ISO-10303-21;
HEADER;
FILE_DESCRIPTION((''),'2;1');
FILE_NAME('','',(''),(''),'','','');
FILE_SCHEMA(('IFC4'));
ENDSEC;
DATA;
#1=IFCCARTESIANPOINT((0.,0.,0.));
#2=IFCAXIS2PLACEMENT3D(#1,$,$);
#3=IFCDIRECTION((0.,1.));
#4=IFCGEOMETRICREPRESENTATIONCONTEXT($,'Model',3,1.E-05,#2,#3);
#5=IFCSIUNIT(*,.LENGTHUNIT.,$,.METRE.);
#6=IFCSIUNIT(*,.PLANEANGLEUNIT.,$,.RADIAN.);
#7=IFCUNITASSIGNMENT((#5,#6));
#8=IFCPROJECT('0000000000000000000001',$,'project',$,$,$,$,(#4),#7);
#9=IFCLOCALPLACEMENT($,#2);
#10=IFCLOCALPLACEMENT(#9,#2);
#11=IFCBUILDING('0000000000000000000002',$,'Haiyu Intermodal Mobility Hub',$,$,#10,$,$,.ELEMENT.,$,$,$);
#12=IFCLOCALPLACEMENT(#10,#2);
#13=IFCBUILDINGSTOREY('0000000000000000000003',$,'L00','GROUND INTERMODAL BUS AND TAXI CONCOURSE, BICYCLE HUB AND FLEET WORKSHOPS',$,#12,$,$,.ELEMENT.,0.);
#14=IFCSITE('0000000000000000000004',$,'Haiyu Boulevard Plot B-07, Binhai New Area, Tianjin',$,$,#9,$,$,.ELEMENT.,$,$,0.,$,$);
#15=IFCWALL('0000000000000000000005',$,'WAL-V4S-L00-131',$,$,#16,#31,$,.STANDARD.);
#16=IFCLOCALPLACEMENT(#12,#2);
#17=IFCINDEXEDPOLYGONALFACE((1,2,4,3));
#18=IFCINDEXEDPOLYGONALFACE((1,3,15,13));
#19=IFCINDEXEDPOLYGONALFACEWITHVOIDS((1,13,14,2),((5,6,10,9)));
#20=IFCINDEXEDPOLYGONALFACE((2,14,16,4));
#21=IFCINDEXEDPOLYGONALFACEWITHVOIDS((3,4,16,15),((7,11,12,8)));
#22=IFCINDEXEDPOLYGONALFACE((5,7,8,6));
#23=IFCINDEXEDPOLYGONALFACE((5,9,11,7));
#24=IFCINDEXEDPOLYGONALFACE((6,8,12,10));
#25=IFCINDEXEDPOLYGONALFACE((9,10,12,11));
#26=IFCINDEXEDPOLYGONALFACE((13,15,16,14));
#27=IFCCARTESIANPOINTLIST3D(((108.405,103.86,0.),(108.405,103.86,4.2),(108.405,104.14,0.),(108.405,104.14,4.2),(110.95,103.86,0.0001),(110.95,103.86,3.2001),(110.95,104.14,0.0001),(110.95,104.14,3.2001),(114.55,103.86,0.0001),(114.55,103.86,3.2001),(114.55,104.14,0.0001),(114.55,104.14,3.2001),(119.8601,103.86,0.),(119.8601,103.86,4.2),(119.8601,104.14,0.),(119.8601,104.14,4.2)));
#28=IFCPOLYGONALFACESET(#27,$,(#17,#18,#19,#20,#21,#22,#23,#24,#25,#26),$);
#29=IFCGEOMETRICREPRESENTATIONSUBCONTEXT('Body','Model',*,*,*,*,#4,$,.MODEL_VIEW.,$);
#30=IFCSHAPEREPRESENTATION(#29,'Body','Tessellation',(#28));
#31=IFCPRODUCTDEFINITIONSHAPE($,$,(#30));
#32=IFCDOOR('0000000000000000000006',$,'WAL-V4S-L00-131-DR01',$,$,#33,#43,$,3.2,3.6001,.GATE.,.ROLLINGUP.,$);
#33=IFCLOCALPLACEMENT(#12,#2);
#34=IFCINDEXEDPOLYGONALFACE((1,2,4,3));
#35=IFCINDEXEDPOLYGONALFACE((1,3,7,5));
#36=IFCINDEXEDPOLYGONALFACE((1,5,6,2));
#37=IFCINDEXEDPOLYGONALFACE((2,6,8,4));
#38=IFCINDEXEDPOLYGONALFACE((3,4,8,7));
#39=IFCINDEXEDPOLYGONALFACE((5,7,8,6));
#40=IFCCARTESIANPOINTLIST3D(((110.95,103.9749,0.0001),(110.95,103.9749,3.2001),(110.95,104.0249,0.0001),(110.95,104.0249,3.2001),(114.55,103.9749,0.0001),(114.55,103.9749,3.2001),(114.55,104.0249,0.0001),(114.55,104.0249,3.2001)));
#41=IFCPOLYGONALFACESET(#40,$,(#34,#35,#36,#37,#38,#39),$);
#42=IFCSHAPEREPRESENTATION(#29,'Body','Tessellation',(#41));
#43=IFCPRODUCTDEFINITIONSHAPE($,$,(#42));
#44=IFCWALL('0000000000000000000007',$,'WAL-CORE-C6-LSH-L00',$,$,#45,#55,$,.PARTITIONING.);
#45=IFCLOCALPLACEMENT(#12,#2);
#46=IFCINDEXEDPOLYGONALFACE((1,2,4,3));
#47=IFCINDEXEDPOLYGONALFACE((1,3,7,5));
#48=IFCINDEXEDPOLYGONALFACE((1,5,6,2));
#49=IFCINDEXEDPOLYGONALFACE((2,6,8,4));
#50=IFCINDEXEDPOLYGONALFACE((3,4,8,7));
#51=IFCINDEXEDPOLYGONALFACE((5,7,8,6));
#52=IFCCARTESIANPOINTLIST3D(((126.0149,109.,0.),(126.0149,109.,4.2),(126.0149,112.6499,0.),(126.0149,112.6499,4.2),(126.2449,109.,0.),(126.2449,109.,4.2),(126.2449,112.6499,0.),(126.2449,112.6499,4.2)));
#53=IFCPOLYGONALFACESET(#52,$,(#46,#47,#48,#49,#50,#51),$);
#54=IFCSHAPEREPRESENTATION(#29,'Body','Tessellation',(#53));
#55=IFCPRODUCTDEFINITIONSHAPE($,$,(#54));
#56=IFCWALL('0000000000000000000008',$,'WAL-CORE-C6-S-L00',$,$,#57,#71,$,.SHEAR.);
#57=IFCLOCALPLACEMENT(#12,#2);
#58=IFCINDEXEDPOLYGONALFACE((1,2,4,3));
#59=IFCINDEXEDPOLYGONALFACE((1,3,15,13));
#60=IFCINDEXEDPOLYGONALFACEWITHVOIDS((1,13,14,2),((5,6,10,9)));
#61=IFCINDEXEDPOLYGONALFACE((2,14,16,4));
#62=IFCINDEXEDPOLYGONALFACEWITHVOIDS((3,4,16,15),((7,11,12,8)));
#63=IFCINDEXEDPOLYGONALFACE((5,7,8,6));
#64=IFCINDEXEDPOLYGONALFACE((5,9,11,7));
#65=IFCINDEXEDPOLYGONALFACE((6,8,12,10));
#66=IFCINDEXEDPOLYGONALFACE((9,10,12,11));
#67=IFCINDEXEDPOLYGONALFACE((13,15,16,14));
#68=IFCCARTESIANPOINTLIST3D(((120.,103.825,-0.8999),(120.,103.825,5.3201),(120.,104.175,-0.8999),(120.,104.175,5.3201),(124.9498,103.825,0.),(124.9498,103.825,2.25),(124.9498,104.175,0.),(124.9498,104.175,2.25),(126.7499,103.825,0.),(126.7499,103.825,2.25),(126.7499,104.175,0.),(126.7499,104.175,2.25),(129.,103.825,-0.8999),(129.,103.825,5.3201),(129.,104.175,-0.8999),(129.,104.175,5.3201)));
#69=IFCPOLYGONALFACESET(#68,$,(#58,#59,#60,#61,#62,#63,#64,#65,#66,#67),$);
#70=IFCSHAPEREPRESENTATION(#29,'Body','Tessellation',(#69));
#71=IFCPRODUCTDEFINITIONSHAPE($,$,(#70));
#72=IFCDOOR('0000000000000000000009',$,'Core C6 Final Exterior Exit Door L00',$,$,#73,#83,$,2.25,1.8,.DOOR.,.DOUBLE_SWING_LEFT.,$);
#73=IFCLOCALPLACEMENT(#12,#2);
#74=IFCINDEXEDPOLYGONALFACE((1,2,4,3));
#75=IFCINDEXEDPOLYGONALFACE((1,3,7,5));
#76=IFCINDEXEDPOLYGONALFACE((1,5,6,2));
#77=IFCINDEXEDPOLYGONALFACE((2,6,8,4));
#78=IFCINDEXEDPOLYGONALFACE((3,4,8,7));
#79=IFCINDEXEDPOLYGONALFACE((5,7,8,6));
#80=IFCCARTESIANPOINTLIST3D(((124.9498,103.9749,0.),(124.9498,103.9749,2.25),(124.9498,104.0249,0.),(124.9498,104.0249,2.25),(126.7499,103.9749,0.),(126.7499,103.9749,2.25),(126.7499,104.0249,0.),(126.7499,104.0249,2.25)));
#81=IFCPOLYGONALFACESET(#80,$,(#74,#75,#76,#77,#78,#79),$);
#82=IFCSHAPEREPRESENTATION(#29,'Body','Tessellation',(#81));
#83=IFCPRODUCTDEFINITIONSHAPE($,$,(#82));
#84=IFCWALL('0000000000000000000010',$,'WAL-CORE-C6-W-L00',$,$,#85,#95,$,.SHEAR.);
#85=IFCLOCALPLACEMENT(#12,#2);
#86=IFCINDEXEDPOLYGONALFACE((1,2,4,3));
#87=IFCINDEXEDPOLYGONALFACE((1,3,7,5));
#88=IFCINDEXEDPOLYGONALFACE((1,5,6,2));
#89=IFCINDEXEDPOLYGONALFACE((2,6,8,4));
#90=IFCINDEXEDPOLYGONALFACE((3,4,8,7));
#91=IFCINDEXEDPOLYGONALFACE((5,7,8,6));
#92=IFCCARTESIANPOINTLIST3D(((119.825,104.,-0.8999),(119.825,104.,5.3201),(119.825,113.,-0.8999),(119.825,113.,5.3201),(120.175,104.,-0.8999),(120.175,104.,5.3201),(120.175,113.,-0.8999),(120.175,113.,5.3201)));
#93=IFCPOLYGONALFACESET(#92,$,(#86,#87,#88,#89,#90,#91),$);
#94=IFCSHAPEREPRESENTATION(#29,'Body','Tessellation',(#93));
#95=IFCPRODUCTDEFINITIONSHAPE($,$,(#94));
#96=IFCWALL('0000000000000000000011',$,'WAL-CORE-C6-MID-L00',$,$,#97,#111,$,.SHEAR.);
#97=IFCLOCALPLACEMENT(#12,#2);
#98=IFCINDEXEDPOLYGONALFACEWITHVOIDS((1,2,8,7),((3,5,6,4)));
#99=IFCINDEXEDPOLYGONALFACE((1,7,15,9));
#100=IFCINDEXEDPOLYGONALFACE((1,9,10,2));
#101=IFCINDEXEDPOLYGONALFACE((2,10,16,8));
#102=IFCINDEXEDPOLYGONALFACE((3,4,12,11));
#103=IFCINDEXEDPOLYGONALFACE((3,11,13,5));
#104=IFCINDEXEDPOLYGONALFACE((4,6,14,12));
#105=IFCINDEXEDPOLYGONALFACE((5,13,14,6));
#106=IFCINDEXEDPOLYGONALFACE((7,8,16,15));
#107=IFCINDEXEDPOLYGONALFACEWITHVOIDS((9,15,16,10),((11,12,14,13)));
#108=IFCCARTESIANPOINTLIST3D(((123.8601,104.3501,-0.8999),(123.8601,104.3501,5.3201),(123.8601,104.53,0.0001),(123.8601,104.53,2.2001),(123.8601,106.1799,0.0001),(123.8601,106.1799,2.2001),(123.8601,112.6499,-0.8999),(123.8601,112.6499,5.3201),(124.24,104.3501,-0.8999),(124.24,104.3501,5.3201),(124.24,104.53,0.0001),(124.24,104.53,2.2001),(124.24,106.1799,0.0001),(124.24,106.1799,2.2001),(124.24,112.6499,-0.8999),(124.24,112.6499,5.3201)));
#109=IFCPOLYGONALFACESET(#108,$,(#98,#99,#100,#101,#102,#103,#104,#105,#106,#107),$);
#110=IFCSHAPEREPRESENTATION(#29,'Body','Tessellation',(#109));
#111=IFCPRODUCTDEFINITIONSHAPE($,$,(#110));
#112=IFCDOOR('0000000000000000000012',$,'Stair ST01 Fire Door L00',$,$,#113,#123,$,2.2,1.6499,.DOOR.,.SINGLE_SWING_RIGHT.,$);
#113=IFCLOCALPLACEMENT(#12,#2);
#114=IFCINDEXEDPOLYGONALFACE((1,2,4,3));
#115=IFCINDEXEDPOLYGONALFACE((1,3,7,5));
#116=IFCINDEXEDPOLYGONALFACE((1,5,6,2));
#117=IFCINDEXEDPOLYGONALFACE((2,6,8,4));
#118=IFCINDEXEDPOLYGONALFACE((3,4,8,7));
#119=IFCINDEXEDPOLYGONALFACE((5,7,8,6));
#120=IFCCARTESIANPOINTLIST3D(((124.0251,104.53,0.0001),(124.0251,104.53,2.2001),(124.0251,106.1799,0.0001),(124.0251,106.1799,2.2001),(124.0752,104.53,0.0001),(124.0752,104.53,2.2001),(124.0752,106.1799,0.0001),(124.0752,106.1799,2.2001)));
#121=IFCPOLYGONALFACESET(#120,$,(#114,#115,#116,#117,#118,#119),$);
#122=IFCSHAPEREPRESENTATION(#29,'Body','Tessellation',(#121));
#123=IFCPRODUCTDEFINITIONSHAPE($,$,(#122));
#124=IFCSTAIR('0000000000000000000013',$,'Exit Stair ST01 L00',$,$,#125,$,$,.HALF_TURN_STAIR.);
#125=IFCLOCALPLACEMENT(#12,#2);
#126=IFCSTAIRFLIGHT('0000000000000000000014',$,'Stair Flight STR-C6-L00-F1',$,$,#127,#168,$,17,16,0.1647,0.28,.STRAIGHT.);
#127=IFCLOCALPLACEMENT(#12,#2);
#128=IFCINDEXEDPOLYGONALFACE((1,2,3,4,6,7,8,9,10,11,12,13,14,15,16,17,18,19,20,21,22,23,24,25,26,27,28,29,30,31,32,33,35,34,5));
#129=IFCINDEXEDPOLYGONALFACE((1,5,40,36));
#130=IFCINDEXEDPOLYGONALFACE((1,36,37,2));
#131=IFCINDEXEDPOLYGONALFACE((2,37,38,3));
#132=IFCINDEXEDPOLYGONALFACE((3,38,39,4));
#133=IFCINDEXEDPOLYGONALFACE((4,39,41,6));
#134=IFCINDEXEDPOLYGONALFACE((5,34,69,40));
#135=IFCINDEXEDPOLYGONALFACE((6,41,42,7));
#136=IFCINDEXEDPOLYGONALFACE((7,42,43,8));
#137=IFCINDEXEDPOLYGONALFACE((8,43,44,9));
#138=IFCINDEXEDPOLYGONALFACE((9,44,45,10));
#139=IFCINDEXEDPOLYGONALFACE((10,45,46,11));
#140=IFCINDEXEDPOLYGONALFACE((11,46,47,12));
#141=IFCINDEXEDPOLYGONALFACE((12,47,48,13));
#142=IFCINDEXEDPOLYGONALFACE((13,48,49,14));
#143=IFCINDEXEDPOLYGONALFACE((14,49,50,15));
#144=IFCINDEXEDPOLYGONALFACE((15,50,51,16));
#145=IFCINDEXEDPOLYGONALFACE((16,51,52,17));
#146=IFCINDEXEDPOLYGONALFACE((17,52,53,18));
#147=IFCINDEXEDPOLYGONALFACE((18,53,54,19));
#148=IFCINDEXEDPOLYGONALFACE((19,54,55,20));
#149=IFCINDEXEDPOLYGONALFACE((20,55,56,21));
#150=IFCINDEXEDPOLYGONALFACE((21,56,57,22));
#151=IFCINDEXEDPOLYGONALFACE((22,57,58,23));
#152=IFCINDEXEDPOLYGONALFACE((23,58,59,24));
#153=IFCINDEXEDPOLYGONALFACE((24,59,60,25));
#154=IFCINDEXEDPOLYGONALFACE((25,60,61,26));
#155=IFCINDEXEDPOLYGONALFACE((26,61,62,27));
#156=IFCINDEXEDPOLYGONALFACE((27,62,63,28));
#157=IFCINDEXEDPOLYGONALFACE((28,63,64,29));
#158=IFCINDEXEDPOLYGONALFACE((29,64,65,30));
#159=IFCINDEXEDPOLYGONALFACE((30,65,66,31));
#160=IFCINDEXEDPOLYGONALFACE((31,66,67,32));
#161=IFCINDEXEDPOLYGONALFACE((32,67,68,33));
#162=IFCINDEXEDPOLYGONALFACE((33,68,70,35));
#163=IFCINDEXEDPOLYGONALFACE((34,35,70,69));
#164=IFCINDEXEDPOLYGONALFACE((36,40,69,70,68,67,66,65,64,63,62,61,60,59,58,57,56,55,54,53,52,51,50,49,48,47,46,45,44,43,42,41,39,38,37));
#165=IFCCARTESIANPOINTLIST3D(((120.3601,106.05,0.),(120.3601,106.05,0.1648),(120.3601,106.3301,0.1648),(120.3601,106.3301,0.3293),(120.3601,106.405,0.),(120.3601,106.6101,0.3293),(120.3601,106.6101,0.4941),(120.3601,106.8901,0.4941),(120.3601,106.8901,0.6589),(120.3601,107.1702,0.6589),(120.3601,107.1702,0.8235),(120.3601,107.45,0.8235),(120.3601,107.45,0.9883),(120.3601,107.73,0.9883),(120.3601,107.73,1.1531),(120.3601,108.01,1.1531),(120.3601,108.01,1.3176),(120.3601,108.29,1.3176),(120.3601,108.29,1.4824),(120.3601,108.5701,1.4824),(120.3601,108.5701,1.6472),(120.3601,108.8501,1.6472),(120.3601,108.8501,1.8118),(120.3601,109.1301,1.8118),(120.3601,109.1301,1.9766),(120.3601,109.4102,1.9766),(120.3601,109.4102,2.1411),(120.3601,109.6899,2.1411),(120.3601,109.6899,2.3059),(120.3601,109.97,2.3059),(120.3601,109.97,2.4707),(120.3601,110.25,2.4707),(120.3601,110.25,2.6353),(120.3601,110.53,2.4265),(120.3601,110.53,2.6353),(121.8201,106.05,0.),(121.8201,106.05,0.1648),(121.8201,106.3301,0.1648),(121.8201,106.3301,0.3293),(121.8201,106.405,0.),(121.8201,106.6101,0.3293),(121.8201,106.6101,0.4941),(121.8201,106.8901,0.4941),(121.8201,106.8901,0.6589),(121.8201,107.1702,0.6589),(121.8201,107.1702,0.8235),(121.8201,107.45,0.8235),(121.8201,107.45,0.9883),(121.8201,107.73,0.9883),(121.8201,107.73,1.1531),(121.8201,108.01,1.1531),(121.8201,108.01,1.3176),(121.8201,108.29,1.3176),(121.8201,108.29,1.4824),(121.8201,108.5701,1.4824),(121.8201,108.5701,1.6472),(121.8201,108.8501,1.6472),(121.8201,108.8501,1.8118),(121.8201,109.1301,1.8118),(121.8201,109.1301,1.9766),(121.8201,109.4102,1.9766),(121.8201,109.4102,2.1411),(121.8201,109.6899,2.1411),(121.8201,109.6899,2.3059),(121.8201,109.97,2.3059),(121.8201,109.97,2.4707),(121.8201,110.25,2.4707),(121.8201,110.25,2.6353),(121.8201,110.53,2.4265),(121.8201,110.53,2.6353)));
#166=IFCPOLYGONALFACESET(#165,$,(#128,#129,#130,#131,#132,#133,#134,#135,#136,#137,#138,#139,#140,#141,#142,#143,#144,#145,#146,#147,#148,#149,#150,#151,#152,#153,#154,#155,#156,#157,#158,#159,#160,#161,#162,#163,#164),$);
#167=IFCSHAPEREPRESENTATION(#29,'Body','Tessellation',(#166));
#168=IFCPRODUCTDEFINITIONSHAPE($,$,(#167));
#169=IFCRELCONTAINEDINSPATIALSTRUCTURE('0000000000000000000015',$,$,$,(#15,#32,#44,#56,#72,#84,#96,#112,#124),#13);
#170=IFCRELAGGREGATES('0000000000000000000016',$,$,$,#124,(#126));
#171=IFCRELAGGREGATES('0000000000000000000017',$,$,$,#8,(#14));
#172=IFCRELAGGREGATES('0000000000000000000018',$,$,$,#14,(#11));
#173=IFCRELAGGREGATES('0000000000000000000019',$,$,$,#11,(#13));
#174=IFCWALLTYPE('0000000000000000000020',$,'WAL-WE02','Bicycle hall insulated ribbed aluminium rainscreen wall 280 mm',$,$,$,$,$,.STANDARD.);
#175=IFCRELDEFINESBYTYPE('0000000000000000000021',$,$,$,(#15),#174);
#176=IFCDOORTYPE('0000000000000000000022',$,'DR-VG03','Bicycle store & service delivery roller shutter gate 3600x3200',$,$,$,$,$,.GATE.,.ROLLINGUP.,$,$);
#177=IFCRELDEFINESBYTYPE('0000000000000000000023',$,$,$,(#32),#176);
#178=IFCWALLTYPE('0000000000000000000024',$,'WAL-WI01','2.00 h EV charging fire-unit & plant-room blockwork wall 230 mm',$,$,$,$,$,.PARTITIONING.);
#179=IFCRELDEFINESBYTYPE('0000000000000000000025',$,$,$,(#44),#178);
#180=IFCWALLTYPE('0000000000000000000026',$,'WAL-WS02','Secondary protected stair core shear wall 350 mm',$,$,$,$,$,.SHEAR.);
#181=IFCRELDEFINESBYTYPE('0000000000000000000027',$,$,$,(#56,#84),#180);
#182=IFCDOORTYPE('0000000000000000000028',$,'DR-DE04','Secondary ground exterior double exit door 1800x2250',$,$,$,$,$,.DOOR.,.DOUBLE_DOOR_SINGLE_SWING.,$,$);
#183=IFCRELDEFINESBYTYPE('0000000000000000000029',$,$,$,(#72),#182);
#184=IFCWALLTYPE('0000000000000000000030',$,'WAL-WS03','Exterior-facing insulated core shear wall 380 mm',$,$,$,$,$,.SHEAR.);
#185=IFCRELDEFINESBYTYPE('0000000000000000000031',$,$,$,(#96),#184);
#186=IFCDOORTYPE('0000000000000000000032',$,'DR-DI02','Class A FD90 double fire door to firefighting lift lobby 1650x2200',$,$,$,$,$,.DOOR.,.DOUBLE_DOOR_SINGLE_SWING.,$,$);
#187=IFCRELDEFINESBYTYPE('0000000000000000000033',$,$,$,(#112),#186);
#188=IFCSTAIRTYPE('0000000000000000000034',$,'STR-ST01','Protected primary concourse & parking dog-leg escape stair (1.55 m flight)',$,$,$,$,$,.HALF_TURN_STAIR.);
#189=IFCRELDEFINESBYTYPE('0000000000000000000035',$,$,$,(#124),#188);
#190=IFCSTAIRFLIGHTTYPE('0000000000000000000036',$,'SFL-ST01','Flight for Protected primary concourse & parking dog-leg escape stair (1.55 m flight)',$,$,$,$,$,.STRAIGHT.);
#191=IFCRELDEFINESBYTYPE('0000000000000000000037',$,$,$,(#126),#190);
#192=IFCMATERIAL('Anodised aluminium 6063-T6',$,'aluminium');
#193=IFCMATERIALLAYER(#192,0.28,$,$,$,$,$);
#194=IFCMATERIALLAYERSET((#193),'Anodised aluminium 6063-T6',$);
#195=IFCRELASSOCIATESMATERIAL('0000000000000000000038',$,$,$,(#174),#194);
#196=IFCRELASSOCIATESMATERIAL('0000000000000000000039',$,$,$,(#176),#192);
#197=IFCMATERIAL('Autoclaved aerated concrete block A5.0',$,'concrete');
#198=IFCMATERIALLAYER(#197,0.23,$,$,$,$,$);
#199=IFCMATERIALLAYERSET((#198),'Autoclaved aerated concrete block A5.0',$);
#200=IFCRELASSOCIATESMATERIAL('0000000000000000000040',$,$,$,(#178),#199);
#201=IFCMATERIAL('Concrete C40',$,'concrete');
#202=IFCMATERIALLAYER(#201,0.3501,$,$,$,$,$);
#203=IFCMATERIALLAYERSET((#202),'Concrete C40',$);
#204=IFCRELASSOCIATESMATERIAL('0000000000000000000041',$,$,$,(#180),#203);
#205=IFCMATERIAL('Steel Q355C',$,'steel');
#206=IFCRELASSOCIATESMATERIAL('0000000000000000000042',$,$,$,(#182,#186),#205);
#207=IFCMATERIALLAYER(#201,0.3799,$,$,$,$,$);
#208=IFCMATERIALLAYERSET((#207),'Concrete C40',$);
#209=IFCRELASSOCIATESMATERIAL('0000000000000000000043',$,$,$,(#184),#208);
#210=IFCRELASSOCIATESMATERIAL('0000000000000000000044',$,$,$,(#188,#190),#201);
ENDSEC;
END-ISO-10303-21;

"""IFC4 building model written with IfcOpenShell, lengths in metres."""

from ifc_helpers import new_model, si_unit, direction, frame, frame_2d, origin, place, context, subcontext, project, spatial, polyline, rectangle, outline, extrude, material, layer, layer_set, type_object, element, fill, aggregate, save


model = new_model("IFC4")

# Units and contexts
model_context = context("Model", 3, precision=1e-05, world=origin(), true_north=direction((0.0, 1.0)))
body_context = subcontext(model_context, "Body", "Model", "MODEL_VIEW")
ifc_project = project(units=[si_unit("LENGTHUNIT", "METRE"), si_unit("PLANEANGLEUNIT", "RADIAN")], contexts=[model_context])

# Site, building, storey
site_placement = place(None, origin())
site = spatial("IfcSite", under=ifc_project, at=site_placement, Name="Haiyu Boulevard Plot B-07, Binhai New Area, Tianjin", CompositionType="ELEMENT", RefElevation=0.0)
building_placement = place(site_placement, origin())
building = spatial("IfcBuilding", under=site, at=building_placement, Name="Haiyu Intermodal Mobility Hub", CompositionType="ELEMENT")
storey_placement = place(building_placement, origin())
storey = spatial("IfcBuildingStorey", under=building, at=storey_placement, Name="L00", Description="GROUND INTERMODAL BUS AND TAXI CONCOURSE, BICYCLE HUB AND FLEET WORKSHOPS", CompositionType="ELEMENT", Elevation=0.0)

# Shared definitions
ifc_material_1 = material(Name="Concrete C40", Category="concrete")

# Shared definitions
ifc_material_2 = material(Name="Steel Q355C", Category="steel")

# Wall, opening, door
ifc_material_3 = material(Name="Anodised aluminium 6063-T6", Category="aluminium")
ifc_layer_1 = layer(ifc_material_3, 0.28)
ifc_layer_set_1 = layer_set([ifc_layer_1], Name="Anodised aluminium 6063-T6")
wall_type_1 = type_object("IfcWallType", Name="WAL-WE02", Description="Bicycle hall insulated ribbed aluminium rainscreen wall 280 mm", PredefinedType="STANDARD", material=ifc_layer_set_1)
wall_1_placement = place(storey_placement, frame((108.405, 104.0, 0.0), z_axis=(0.0, 0.0, 1.0), x_axis=(1.0, 0.0, 0.0)))
wall_1 = element("IfcWall", 1, at=wall_1_placement, inside=storey, type_object=wall_type_1, Name="WAL-V4S-L00-131", PredefinedType="STANDARD", context=body_context, shape_type="SweptSolid", body=[
    extrude(rectangle(XDim=11.4551, YDim=0.28, at=frame_2d((5.7275, 0.0))), origin(), (0.0, 0.0, 1.0), 4.2),
])
opening_1_placement = place(wall_1_placement, frame((2.5449, 0.0, 0.0)))
opening_1 = element("IfcOpeningElement", 2, at=opening_1_placement, cuts=wall_1, PredefinedType="OPENING", context=body_context, shape_type="SweptSolid", body=[
    extrude(rectangle(XDim=3.6001, YDim=3.2, at=frame_2d((1.8, 1.6001))), frame((0.0, 0.1499, 0.0), z_axis=(0.0, -1.0, 0.0), x_axis=(1.0, 0.0, 0.0)), (0.0, 0.0, 1.0), 0.3),
])
door_type_1 = type_object("IfcDoorType", Name="DR-VG03", Description="Bicycle store & service delivery roller shutter gate 3600x3200", OperationType="ROLLINGUP", PredefinedType="GATE", material=ifc_material_3)
door_1_placement = place(opening_1_placement, origin())
door_1 = element("IfcDoor", 3, at=door_1_placement, inside=storey, type_object=door_type_1, Name="WAL-V4S-L00-131-DR01", OperationType="ROLLINGUP", OverallHeight=3.2, OverallWidth=3.6001, PredefinedType="GATE", context=body_context, shape_type="SweptSolid", body=[
    extrude(rectangle(XDim=3.6001, YDim=3.2, at=frame_2d((1.8, 1.6001))), frame((0.0, 0.0249, 0.0), z_axis=(0.0, -1.0, 0.0), x_axis=(1.0, 0.0, 0.0)), (0.0, 0.0, 1.0), 0.05),
])
fill(opening_1, door_1)

# Wall
ifc_material_4 = material(Name="Autoclaved aerated concrete block A5.0", Category="concrete")
ifc_layer_2 = layer(ifc_material_4, 0.23)
ifc_layer_set_2 = layer_set([ifc_layer_2], Name="Autoclaved aerated concrete block A5.0")
wall_type_2 = type_object("IfcWallType", Name="WAL-WI01", Description="2.00 h EV charging fire-unit & plant-room blockwork wall 230 mm", PredefinedType="PARTITIONING", material=ifc_layer_set_2)
wall_2_placement = place(storey_placement, frame((126.1299, 109.0, 0.0), z_axis=(0.0, 0.0, 1.0), x_axis=(0.0, 1.0, 0.0)))
element("IfcWall", 4, at=wall_2_placement, inside=storey, type_object=wall_type_2, Name="WAL-CORE-C6-LSH-L00", PredefinedType="PARTITIONING", context=body_context, shape_type="SweptSolid", body=[
    extrude(rectangle(XDim=3.6499, YDim=0.23, at=frame_2d((1.825, 0.0))), origin(), (0.0, 0.0, 1.0), 4.2),
])

# Wall, opening, door
ifc_layer_3 = layer(ifc_material_1, 0.3501)
ifc_layer_set_3 = layer_set([ifc_layer_3], Name="Concrete C40")
wall_type_3 = type_object("IfcWallType", Name="WAL-WS02", Description="Secondary protected stair core shear wall 350 mm", PredefinedType="SHEAR", material=ifc_layer_set_3)
wall_3_placement = place(storey_placement, frame((120.0, 104.0, -0.8999), z_axis=(0.0, 0.0, 1.0), x_axis=(1.0, 0.0, 0.0)))
wall_3 = element("IfcWall", 5, at=wall_3_placement, inside=storey, type_object=wall_type_3, Name="WAL-CORE-C6-S-L00", PredefinedType="SHEAR", context=body_context, shape_type="SweptSolid", body=[
    extrude(rectangle(XDim=9.0, YDim=0.3501, at=frame_2d((4.5, 0.0))), origin(), (0.0, 0.0, 1.0), 6.22),
])
opening_2_placement = place(wall_3_placement, frame((4.95, 0.0, 0.8999)))
opening_2 = element("IfcOpeningElement", 6, at=opening_2_placement, cuts=wall_3, PredefinedType="OPENING", context=body_context, shape_type="SweptSolid", body=[
    extrude(rectangle(XDim=1.8, YDim=2.25, at=frame_2d((0.8999, 1.125))), frame((0.0, 0.1851, 0.0), z_axis=(0.0, -1.0, 0.0), x_axis=(1.0, 0.0, 0.0)), (0.0, 0.0, 1.0), 0.3701),
])
door_type_2 = type_object("IfcDoorType", Name="DR-DE04", Description="Secondary ground exterior double exit door 1800x2250", OperationType="DOUBLE_DOOR_SINGLE_SWING", PredefinedType="DOOR", material=ifc_material_2)
door_2_placement = place(opening_2_placement, origin())
door_2 = element("IfcDoor", 7, at=door_2_placement, inside=storey, type_object=door_type_2, Name="Core C6 Final Exterior Exit Door L00", OperationType="DOUBLE_SWING_LEFT", OverallHeight=2.25, OverallWidth=1.8, PredefinedType="DOOR", context=body_context, shape_type="SweptSolid", body=[
    extrude(rectangle(XDim=1.8, YDim=2.25, at=frame_2d((0.8999, 1.125))), frame((0.0, 0.0249, 0.0), z_axis=(0.0, -1.0, 0.0), x_axis=(1.0, 0.0, 0.0)), (0.0, 0.0, 1.0), 0.05),
])
fill(opening_2, door_2)

# Wall
wall_4_placement = place(storey_placement, frame((120.0, 113.0, -0.8999), z_axis=(0.0, 0.0, 1.0), x_axis=(0.0, -1.0, 0.0)))
element("IfcWall", 8, at=wall_4_placement, inside=storey, type_object=wall_type_3, Name="WAL-CORE-C6-W-L00", PredefinedType="SHEAR", context=body_context, shape_type="SweptSolid", body=[
    extrude(rectangle(XDim=9.0, YDim=0.3501, at=frame_2d((4.5, 0.0))), origin(), (0.0, 0.0, 1.0), 6.22),
])

# Wall, opening, door
ifc_layer_4 = layer(ifc_material_1, 0.3799)
ifc_layer_set_4 = layer_set([ifc_layer_4], Name="Concrete C40")
wall_type_4 = type_object("IfcWallType", Name="WAL-WS03", Description="Exterior-facing insulated core shear wall 380 mm", PredefinedType="SHEAR", material=ifc_layer_set_4)
wall_5_placement = place(storey_placement, frame((124.05, 104.3501, -0.8999), z_axis=(0.0, 0.0, 1.0), x_axis=(0.0, 1.0, 0.0)))
wall_5 = element("IfcWall", 9, at=wall_5_placement, inside=storey, type_object=wall_type_4, Name="WAL-CORE-C6-MID-L00", PredefinedType="SHEAR", context=body_context, shape_type="SweptSolid", body=[
    extrude(rectangle(XDim=8.2998, YDim=0.3799, at=frame_2d((4.1499, 0.0))), origin(), (0.0, 0.0, 1.0), 6.22),
])
opening_3_placement = place(wall_5_placement, frame((0.1799, 0.0, 0.8999)))
opening_3 = element("IfcOpeningElement", 10, at=opening_3_placement, cuts=wall_5, PredefinedType="OPENING", context=body_context, shape_type="SweptSolid", body=[
    extrude(rectangle(XDim=1.6499, YDim=2.2, at=frame_2d((0.825, 1.1001))), frame((0.0, 0.2, 0.0), z_axis=(0.0, -1.0, 0.0), x_axis=(1.0, 0.0, 0.0)), (0.0, 0.0, 1.0), 0.3999),
])
door_type_3 = type_object("IfcDoorType", Name="DR-DI02", Description="Class A FD90 double fire door to firefighting lift lobby 1650x2200", OperationType="DOUBLE_DOOR_SINGLE_SWING", PredefinedType="DOOR", material=ifc_material_2)
door_3_placement = place(opening_3_placement, origin())
door_3 = element("IfcDoor", 11, at=door_3_placement, inside=storey, type_object=door_type_3, Name="Stair ST01 Fire Door L00", OperationType="SINGLE_SWING_RIGHT", OverallHeight=2.2, OverallWidth=1.6499, PredefinedType="DOOR", context=body_context, shape_type="SweptSolid", body=[
    extrude(rectangle(XDim=1.6499, YDim=2.2, at=frame_2d((0.825, 1.1001))), frame((0.0, 0.0249, 0.0), z_axis=(0.0, -1.0, 0.0), x_axis=(1.0, 0.0, 0.0)), (0.0, 0.0, 1.0), 0.05),
])
fill(opening_3, door_3)

# Stair, stair flight
stair_type = type_object("IfcStairType", Name="STR-ST01", Description="Protected primary concourse & parking dog-leg escape stair (1.55 m flight)", PredefinedType="HALF_TURN_STAIR", material=ifc_material_1)
stair_placement = place(storey_placement, origin())
stair = element("IfcStair", 12, at=stair_placement, inside=storey, type_object=stair_type, Name="Exit Stair ST01 L00", PredefinedType="HALF_TURN_STAIR")
stair_flight_type = type_object("IfcStairFlightType", Name="SFL-ST01", Description="Flight for Protected primary concourse & parking dog-leg escape stair (1.55 m flight)", PredefinedType="STRAIGHT", material=ifc_material_1)
stair_flight_1_placement = place(storey_placement, frame((121.0901, 106.05, 0.0), z_axis=(0.0, 0.0, 1.0), x_axis=(0.0, 1.0, 0.0)))
stair_flight_1 = element("IfcStairFlight", 13, at=stair_flight_1_placement, type_object=stair_flight_type, Name="Stair Flight STR-C6-L00-F1", NumberOfRisers=17, NumberOfTreads=16, PredefinedType="STRAIGHT", RiserHeight=0.1647, TreadLength=0.28, context=body_context, shape_type="SweptSolid", body=[
    extrude(outline(polyline([(0.0, 0.0), (0.0, 0.1648), (0.28, 0.1648), (0.28, 0.3293), (0.5601, 0.3293), (0.5601, 0.4941), (0.8401, 0.4941), (0.8401, 0.6589), (1.1201, 0.6589), (1.1201, 0.8235), (1.3999, 0.8235), (1.3999, 0.9883), (1.6799, 0.9883), (1.6799, 1.1531), (1.96, 1.1531), (1.96, 1.3176), (2.24, 1.3176), (2.24, 1.4824), (2.52, 1.4824), (2.52, 1.6472), (2.8, 1.6472), (2.8, 1.8118), (3.0801, 1.8118), (3.0801, 1.9766), (3.3601, 1.9766), (3.3601, 2.1411), (3.6399, 2.1411), (3.6399, 2.3059), (3.9199, 2.3059), (3.9199, 2.4707), (4.2, 2.4707), (4.2, 2.6353), (4.48, 2.6353), (4.48, 2.8), (4.48, 2.4265), (0.355, 0.0), (0.0, 0.0)])), frame((0.0, 0.73, 0.0), z_axis=(0.0, -1.0, 0.0), x_axis=(1.0, 0.0, 0.0)), (0.0, 0.0, 1.0), 1.46),
])
aggregate(stair, [stair_flight_1])

save(model, "model.ifc")
